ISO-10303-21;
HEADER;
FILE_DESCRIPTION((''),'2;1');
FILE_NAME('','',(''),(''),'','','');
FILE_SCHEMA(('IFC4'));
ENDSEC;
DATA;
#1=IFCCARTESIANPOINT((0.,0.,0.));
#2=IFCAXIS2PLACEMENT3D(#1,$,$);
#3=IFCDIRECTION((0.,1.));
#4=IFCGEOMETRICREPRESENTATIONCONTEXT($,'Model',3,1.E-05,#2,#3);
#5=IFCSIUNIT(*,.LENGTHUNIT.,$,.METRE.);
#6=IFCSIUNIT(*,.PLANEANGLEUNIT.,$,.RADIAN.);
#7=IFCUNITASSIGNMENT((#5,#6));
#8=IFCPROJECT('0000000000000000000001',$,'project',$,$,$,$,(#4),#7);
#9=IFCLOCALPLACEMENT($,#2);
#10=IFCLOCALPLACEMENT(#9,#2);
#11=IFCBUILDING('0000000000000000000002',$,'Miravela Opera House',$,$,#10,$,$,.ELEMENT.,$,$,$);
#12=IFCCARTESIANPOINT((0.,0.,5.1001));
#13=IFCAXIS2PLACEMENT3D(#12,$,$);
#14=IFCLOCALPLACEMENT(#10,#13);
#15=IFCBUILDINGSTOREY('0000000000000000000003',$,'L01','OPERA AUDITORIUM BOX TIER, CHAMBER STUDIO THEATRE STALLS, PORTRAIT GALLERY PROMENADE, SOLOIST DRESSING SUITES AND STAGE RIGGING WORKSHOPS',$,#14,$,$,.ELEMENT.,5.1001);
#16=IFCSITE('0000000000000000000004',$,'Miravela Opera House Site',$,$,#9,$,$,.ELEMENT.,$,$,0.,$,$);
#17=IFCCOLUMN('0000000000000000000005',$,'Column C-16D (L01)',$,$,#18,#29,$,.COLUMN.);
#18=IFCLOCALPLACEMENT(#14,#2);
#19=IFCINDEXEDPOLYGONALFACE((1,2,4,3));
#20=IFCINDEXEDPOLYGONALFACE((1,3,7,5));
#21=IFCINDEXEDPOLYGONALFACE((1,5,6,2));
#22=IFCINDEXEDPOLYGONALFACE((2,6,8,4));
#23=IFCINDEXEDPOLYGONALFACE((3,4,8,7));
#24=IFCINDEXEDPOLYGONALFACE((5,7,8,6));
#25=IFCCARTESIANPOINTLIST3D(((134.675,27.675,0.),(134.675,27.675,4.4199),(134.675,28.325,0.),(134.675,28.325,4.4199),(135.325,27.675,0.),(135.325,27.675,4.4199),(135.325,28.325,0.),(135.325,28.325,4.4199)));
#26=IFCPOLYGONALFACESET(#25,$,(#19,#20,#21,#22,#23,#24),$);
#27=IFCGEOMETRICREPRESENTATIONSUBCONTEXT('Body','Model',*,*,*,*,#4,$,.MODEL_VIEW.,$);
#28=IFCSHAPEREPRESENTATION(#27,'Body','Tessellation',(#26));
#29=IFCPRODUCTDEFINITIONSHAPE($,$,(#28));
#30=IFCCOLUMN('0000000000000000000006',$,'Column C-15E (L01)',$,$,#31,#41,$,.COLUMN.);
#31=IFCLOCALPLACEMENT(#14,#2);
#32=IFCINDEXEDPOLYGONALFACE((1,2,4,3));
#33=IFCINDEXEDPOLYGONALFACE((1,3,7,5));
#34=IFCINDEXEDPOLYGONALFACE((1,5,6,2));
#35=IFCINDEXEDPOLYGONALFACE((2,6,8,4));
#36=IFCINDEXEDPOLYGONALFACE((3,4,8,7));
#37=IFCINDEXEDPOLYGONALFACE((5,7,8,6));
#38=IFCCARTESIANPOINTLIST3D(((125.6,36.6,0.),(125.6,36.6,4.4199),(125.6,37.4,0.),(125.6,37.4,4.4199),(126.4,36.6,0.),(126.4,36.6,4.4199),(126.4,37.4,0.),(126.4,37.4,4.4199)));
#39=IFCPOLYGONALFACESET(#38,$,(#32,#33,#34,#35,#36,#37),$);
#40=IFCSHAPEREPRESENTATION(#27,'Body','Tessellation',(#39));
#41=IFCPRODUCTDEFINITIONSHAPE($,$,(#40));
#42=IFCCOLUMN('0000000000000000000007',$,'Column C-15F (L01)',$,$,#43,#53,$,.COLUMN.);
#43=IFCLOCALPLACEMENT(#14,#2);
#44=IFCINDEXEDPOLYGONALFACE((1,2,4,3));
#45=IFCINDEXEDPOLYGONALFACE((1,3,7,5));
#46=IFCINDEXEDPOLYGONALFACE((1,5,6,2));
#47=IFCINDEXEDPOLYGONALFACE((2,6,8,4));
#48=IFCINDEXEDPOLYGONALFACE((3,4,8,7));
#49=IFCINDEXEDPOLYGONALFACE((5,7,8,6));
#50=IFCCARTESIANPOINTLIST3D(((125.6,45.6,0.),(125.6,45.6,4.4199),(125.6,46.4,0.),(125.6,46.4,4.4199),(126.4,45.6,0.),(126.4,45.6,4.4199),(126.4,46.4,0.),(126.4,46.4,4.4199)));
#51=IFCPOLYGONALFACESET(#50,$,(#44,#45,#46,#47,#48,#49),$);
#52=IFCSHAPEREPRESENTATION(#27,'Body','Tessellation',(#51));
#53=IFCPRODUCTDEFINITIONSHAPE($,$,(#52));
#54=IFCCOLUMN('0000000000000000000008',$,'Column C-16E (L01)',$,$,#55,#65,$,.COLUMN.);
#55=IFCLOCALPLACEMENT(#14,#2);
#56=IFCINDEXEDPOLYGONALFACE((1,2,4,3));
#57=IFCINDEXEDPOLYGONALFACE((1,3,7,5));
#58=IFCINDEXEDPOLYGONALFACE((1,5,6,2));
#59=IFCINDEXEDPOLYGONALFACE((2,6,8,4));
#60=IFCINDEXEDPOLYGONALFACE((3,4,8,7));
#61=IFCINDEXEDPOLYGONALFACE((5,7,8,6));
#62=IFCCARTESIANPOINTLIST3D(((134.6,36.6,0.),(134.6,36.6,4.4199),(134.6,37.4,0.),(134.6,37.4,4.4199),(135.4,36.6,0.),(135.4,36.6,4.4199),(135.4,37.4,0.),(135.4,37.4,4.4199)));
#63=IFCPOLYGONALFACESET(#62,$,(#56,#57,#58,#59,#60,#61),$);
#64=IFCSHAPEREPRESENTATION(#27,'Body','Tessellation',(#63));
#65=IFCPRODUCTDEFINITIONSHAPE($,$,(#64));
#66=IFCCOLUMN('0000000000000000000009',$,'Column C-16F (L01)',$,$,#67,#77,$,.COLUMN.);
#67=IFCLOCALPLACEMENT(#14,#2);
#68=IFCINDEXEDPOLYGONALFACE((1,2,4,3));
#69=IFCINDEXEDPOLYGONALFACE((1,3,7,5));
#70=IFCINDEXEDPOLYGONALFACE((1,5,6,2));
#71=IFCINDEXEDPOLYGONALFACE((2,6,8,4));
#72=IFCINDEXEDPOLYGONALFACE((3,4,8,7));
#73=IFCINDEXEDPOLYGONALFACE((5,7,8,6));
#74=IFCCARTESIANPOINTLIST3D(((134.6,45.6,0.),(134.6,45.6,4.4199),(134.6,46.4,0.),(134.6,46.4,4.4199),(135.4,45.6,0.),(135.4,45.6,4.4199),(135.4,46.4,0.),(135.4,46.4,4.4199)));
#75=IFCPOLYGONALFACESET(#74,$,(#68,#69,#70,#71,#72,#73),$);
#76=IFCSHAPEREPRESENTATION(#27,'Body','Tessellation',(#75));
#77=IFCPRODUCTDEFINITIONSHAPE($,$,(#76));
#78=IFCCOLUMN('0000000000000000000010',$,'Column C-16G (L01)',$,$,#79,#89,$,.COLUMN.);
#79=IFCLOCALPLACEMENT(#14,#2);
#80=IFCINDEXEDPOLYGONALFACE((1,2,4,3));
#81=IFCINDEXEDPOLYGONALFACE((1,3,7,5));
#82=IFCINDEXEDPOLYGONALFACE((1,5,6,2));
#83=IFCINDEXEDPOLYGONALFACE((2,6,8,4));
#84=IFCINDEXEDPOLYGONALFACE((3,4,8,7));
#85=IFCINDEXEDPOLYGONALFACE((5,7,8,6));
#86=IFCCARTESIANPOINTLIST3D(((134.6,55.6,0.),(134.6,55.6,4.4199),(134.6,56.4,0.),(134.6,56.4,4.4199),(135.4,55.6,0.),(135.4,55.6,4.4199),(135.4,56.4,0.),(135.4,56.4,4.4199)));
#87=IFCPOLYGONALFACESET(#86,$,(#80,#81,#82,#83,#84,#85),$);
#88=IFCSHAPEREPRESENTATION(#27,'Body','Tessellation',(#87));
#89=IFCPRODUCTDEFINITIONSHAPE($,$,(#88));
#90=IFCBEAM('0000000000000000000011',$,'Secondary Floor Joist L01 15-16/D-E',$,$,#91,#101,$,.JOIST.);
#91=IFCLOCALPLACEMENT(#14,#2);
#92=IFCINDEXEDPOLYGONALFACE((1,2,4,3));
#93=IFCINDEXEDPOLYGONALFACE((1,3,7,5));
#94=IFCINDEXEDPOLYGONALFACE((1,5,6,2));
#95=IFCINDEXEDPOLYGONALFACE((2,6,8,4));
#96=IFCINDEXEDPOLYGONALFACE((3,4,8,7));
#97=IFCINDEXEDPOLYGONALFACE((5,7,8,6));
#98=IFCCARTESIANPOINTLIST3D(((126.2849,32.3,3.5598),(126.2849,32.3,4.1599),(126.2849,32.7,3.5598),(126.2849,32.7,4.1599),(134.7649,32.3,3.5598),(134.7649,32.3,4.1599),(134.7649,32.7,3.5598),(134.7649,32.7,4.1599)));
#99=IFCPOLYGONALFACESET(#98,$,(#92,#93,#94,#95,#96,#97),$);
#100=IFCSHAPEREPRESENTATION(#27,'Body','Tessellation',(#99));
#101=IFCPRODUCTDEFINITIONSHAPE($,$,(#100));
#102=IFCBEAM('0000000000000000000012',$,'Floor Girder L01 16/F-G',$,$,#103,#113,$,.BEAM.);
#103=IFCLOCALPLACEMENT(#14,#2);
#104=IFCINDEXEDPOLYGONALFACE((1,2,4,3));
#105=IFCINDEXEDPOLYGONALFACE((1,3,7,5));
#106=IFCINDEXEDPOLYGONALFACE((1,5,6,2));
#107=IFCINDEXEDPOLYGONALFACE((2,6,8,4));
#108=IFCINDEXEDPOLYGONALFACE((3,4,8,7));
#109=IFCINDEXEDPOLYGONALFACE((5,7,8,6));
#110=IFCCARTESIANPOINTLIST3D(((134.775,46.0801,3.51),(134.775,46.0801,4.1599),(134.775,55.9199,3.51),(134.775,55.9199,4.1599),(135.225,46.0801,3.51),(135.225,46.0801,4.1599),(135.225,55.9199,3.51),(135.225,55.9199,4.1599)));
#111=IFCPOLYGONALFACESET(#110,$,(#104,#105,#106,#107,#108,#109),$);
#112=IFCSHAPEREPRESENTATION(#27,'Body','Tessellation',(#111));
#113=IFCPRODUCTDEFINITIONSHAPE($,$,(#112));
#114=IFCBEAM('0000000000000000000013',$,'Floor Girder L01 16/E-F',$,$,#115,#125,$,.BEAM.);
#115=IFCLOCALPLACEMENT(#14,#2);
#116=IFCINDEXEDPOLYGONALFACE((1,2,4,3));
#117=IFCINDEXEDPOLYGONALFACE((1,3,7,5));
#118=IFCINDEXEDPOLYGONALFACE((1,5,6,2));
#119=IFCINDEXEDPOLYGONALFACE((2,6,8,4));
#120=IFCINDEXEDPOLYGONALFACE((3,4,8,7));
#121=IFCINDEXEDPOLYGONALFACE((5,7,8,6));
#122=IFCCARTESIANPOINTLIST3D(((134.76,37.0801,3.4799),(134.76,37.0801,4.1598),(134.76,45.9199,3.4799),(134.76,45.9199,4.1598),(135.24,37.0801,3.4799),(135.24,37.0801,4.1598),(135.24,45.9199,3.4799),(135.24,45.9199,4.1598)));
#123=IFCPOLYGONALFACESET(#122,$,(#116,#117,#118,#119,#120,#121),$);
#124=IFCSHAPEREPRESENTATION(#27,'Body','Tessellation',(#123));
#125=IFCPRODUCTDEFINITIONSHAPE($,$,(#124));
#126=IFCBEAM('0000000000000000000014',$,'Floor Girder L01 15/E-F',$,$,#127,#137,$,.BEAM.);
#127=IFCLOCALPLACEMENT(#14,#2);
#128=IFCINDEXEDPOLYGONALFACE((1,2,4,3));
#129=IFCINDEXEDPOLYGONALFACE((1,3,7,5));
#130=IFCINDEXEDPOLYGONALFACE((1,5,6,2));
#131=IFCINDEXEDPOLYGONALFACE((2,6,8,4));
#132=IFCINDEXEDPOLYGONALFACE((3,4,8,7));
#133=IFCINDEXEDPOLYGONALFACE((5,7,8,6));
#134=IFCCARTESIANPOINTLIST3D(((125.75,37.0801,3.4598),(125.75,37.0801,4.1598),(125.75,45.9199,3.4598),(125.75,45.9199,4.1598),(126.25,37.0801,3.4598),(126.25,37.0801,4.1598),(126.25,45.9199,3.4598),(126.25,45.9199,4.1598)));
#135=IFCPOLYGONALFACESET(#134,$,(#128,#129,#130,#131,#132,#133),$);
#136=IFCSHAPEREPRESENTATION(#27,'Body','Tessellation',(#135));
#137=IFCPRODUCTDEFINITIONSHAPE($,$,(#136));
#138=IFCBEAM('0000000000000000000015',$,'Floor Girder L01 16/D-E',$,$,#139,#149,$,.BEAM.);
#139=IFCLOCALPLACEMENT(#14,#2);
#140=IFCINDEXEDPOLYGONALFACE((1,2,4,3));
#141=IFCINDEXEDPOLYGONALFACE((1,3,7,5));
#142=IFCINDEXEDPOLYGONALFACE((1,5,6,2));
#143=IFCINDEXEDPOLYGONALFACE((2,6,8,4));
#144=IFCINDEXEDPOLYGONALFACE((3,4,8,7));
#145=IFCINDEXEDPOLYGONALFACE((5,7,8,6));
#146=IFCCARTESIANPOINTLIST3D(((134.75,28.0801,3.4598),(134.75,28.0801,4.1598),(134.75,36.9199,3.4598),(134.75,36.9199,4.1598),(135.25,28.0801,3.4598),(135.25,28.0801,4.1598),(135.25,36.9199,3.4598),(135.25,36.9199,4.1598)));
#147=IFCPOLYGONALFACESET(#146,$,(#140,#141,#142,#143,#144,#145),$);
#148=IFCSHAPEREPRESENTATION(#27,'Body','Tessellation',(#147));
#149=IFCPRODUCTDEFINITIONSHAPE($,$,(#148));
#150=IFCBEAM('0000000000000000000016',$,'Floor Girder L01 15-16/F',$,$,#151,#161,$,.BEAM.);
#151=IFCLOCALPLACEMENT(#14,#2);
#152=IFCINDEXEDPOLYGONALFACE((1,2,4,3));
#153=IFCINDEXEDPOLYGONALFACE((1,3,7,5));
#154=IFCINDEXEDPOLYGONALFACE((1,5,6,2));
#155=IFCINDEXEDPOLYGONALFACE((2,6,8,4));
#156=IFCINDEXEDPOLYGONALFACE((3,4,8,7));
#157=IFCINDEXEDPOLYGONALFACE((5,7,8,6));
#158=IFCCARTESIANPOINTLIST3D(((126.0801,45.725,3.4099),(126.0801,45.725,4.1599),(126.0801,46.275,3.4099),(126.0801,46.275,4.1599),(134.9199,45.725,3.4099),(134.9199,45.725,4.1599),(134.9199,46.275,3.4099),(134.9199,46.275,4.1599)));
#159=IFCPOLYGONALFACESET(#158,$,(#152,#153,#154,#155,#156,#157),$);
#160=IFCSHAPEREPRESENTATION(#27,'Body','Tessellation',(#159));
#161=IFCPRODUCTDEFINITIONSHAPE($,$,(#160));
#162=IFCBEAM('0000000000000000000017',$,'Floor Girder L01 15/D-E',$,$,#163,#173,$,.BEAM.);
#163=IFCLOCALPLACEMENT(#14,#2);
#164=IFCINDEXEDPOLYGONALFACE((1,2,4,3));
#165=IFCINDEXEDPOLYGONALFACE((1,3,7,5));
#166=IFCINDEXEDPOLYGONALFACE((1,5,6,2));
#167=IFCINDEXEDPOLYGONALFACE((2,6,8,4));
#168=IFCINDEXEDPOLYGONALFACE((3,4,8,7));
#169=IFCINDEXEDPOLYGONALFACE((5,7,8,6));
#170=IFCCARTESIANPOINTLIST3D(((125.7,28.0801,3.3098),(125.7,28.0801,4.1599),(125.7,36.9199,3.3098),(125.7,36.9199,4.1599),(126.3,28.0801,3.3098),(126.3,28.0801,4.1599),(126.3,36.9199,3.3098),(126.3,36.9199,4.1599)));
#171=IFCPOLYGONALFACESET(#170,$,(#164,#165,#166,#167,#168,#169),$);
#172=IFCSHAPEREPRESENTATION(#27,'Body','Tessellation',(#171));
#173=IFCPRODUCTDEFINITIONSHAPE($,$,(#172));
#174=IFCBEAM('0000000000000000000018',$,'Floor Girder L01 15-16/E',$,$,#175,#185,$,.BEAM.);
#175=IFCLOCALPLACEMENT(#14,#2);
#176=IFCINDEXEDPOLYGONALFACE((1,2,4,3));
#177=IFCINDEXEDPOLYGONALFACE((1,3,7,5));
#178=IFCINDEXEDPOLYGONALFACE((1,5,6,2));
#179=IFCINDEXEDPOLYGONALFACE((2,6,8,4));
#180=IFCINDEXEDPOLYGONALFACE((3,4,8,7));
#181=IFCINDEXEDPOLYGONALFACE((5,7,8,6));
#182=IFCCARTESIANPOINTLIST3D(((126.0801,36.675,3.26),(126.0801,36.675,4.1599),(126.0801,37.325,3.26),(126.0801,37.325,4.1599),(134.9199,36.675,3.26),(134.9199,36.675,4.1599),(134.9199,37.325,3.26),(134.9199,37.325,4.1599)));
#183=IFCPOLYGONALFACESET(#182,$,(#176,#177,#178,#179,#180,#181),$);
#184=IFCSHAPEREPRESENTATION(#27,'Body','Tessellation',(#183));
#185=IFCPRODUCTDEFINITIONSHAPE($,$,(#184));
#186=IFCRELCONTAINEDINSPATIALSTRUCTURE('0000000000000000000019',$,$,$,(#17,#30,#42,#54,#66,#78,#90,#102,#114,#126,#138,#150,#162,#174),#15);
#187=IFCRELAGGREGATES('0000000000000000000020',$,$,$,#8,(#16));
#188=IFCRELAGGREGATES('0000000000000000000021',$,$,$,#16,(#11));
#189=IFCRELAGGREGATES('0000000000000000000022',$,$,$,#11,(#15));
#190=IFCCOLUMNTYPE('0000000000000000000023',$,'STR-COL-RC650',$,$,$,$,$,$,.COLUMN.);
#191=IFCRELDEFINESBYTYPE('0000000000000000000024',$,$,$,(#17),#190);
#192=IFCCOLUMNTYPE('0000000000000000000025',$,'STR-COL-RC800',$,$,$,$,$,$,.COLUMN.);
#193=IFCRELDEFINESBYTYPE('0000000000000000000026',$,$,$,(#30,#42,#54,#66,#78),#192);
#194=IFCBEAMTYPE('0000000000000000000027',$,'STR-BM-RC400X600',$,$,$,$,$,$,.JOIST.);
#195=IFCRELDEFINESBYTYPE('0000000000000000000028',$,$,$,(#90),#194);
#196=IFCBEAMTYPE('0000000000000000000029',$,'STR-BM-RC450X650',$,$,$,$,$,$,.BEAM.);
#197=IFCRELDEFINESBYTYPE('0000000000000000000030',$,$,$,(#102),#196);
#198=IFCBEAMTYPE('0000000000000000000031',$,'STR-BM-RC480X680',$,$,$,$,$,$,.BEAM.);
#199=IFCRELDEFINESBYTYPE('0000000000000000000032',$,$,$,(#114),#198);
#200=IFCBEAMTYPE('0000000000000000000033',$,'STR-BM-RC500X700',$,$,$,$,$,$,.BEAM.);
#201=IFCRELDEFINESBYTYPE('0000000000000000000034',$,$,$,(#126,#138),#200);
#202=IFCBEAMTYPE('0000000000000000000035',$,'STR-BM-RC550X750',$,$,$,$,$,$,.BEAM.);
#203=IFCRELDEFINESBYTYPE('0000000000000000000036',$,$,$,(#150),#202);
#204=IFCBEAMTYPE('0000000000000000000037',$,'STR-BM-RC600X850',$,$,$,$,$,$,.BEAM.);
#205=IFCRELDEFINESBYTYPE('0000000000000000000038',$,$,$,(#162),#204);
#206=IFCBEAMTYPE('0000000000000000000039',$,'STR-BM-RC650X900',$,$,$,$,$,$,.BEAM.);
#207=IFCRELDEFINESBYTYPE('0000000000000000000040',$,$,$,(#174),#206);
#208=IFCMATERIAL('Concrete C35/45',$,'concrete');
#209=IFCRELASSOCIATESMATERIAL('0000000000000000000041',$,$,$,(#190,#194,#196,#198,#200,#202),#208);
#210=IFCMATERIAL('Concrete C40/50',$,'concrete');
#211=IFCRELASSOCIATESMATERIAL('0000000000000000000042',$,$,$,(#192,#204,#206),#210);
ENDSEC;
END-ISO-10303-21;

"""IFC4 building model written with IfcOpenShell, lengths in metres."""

from ifc_helpers import new_model, si_unit, direction, frame, origin, origin_2d, place, context, subcontext, project, spatial, rectangle, extrude, material, material_profile, profile_set, type_object, element, save


model = new_model("IFC4")

# Units and contexts
model_context = context("Model", 3, precision=1e-05, world=origin(), true_north=direction((0.0, 1.0)))
body_context = subcontext(model_context, "Body", "Model", "MODEL_VIEW")
ifc_project = project(units=[si_unit("LENGTHUNIT", "METRE"), si_unit("PLANEANGLEUNIT", "RADIAN")], contexts=[model_context])

# Site, building, storey
site_placement = place(None, origin())
site = spatial("IfcSite", under=ifc_project, at=site_placement, Name="Miravela Opera House Site", CompositionType="ELEMENT", RefElevation=0.0)
building_placement = place(site_placement, origin())
building = spatial("IfcBuilding", under=site, at=building_placement, Name="Miravela Opera House", CompositionType="ELEMENT")
storey_placement = place(building_placement, frame((0.0, 0.0, 5.1001)))
storey = spatial("IfcBuildingStorey", under=building, at=storey_placement, Name="L01", Description="OPERA AUDITORIUM BOX TIER, CHAMBER STUDIO THEATRE STALLS, PORTRAIT GALLERY PROMENADE, SOLOIST DRESSING SUITES AND STAGE RIGGING WORKSHOPS", CompositionType="ELEMENT", Elevation=5.1001)

# Columns
ifc_material_1 = material(Name="Concrete C35/45", Category="concrete")
ifc_material_profile_1 = material_profile(ifc_material_1, rectangle(XDim=0.6499, YDim=0.6499, at=origin_2d()), Name="RC-COL-650X650")
ifc_profile_set_1 = profile_set([ifc_material_profile_1])
column_type_1 = type_object("IfcColumnType", Name="STR-COL-RC650", PredefinedType="COLUMN", material=ifc_profile_set_1)
column_placement = place(storey_placement, frame((135.0, 28.0, 0.0), z_axis=(0.0, 0.0, 1.0), x_axis=(1.0, 0.0, 0.0)))
element("IfcColumn", 1, at=column_placement, inside=storey, type_object=column_type_1, Name="Column C-16D (L01)", PredefinedType="COLUMN", context=body_context, shape_type="SweptSolid", body=[
    extrude(rectangle(XDim=0.6499, YDim=0.6499, at=origin_2d()), origin(), (0.0, 0.0, 1.0), 4.4199),
])
ifc_material_2 = material(Name="Concrete C40/50", Category="concrete")
ifc_material_profile_2 = material_profile(ifc_material_2, rectangle(XDim=0.8, YDim=0.8, at=origin_2d()), Name="RC-COL-800X800")
ifc_profile_set_2 = profile_set([ifc_material_profile_2])
column_type_2 = type_object("IfcColumnType", Name="STR-COL-RC800", PredefinedType="COLUMN", material=ifc_profile_set_2)
for number, where, z_axis, x_axis, name in (
    (2, (126.0, 37.0, 0.0), (0.0, 0.0, 1.0), (1.0, 0.0, 0.0), "Column C-15E (L01)"),
    (3, (126.0, 46.0, 0.0), (0.0, 0.0, 1.0), (1.0, 0.0, 0.0), "Column C-15F (L01)"),
    (4, (135.0, 37.0, 0.0), (0.0, 0.0, 1.0), (1.0, 0.0, 0.0), "Column C-16E (L01)"),
    (5, (135.0, 46.0, 0.0), (0.0, 0.0, 1.0), (1.0, 0.0, 0.0), "Column C-16F (L01)"),
    (6, (135.0, 56.0, 0.0), (0.0, 0.0, 1.0), (1.0, 0.0, 0.0), "Column C-16G (L01)"),
):
    element("IfcColumn", number, at=place(storey_placement, frame(where, z_axis=z_axis, x_axis=x_axis)), inside=storey, type_object=column_type_2, Name=name, PredefinedType="COLUMN", context=body_context, shape_type="SweptSolid", body=[
        extrude(rectangle(XDim=0.8, YDim=0.8, at=origin_2d()), origin(), (0.0, 0.0, 1.0), 4.4199),
    ])

# Beams
ifc_material_profile_3 = material_profile(ifc_material_1, rectangle(XDim=0.3999, YDim=0.6001, at=origin_2d()), Name="RC-BM-400X600")
ifc_profile_set_3 = profile_set([ifc_material_profile_3])
beam_type_1 = type_object("IfcBeamType", Name="STR-BM-RC400X600", PredefinedType="JOIST", material=ifc_profile_set_3)
beam_1_placement = place(storey_placement, frame((126.2849, 32.5, 3.8599), z_axis=(1.0, 0.0, 0.0), x_axis=(0.0, 1.0, 0.0)))
element("IfcBeam", 7, at=beam_1_placement, inside=storey, type_object=beam_type_1, Name="Secondary Floor Joist L01 15-16/D-E", PredefinedType="JOIST", context=body_context, shape_type="SweptSolid", body=[
    extrude(rectangle(XDim=0.3999, YDim=0.6001, at=origin_2d()), origin(), (0.0, 0.0, 1.0), 8.48),
])
ifc_material_profile_4 = material_profile(ifc_material_1, rectangle(XDim=0.45, YDim=0.6499, at=origin_2d()), Name="RC-BM-450X650")
ifc_profile_set_4 = profile_set([ifc_material_profile_4])
beam_type_2 = type_object("IfcBeamType", Name="STR-BM-RC450X650", PredefinedType="BEAM", material=ifc_profile_set_4)
beam_2_placement = place(storey_placement, frame((135.0, 46.0801, 3.835), z_axis=(0.0, 1.0, 0.0), x_axis=(-1.0, 0.0, 0.0)))
element("IfcBeam", 8, at=beam_2_placement, inside=storey, type_object=beam_type_2, Name="Floor Girder L01 16/F-G", PredefinedType="BEAM", context=body_context, shape_type="SweptSolid", body=[
    extrude(rectangle(XDim=0.45, YDim=0.6499, at=origin_2d()), origin(), (0.0, 0.0, 1.0), 9.8398),
])
ifc_material_profile_5 = material_profile(ifc_material_1, rectangle(XDim=0.48, YDim=0.6799, at=origin_2d()), Name="RC-BM-480X680")
ifc_profile_set_5 = profile_set([ifc_material_profile_5])
beam_type_3 = type_object("IfcBeamType", Name="STR-BM-RC480X680", PredefinedType="BEAM", material=ifc_profile_set_5)
beam_3_placement = place(storey_placement, frame((135.0, 37.0801, 3.8198), z_axis=(0.0, 1.0, 0.0), x_axis=(-1.0, 0.0, 0.0)))
element("IfcBeam", 9, at=beam_3_placement, inside=storey, type_object=beam_type_3, Name="Floor Girder L01 16/E-F", PredefinedType="BEAM", context=body_context, shape_type="SweptSolid", body=[
    extrude(rectangle(XDim=0.48, YDim=0.6799, at=origin_2d()), origin(), (0.0, 0.0, 1.0), 8.8398),
])
ifc_material_profile_6 = material_profile(ifc_material_1, rectangle(XDim=0.5, YDim=0.7, at=origin_2d()), Name="RC-BM-500X700")
ifc_profile_set_6 = profile_set([ifc_material_profile_6])
beam_type_4 = type_object("IfcBeamType", Name="STR-BM-RC500X700", PredefinedType="BEAM", material=ifc_profile_set_6)
for number, where, z_axis, x_axis, name in (
    (10, (126.0, 37.0801, 3.8098), (0.0, 1.0, 0.0), (-1.0, 0.0, 0.0), "Floor Girder L01 15/E-F"),
    (11, (135.0, 28.0801, 3.8098), (0.0, 1.0, 0.0), (-1.0, 0.0, 0.0), "Floor Girder L01 16/D-E"),
):
    element("IfcBeam", number, at=place(storey_placement, frame(where, z_axis=z_axis, x_axis=x_axis)), inside=storey, type_object=beam_type_4, Name=name, PredefinedType="BEAM", context=body_context, shape_type="SweptSolid", body=[
        extrude(rectangle(XDim=0.5, YDim=0.7, at=origin_2d()), origin(), (0.0, 0.0, 1.0), 8.8398),
    ])
ifc_material_profile_7 = material_profile(ifc_material_1, rectangle(XDim=0.55, YDim=0.75, at=origin_2d()), Name="RC-BM-550X750")
ifc_profile_set_7 = profile_set([ifc_material_profile_7])
beam_type_5 = type_object("IfcBeamType", Name="STR-BM-RC550X750", PredefinedType="BEAM", material=ifc_profile_set_7)
beam_4_placement = place(storey_placement, frame((126.0801, 46.0, 3.7849), z_axis=(1.0, 0.0, 0.0), x_axis=(0.0, 1.0, 0.0)))
element("IfcBeam", 12, at=beam_4_placement, inside=storey, type_object=beam_type_5, Name="Floor Girder L01 15-16/F", PredefinedType="BEAM", context=body_context, shape_type="SweptSolid", body=[
    extrude(rectangle(XDim=0.55, YDim=0.75, at=origin_2d()), origin(), (0.0, 0.0, 1.0), 8.8398),
])
ifc_material_profile_8 = material_profile(ifc_material_2, rectangle(XDim=0.6001, YDim=0.8501, at=origin_2d()), Name="RC-BM-600X850")
ifc_profile_set_8 = profile_set([ifc_material_profile_8])
beam_type_6 = type_object("IfcBeamType", Name="STR-BM-RC600X850", PredefinedType="BEAM", material=ifc_profile_set_8)
beam_5_placement = place(storey_placement, frame((126.0, 28.0801, 3.7349), z_axis=(0.0, 1.0, 0.0), x_axis=(-1.0, 0.0, 0.0)))
element("IfcBeam", 13, at=beam_5_placement, inside=storey, type_object=beam_type_6, Name="Floor Girder L01 15/D-E", PredefinedType="BEAM", context=body_context, shape_type="SweptSolid", body=[
    extrude(rectangle(XDim=0.6001, YDim=0.8501, at=origin_2d()), origin(), (0.0, 0.0, 1.0), 8.8398),
])
ifc_material_profile_9 = material_profile(ifc_material_2, rectangle(XDim=0.6499, YDim=0.8999, at=origin_2d()), Name="RC-BM-650X900")
ifc_profile_set_9 = profile_set([ifc_material_profile_9])
beam_type_7 = type_object("IfcBeamType", Name="STR-BM-RC650X900", PredefinedType="BEAM", material=ifc_profile_set_9)
beam_6_placement = place(storey_placement, frame((126.0801, 37.0, 3.71), z_axis=(1.0, 0.0, 0.0), x_axis=(0.0, 1.0, 0.0)))
element("IfcBeam", 14, at=beam_6_placement, inside=storey, type_object=beam_type_7, Name="Floor Girder L01 15-16/E", PredefinedType="BEAM", context=body_context, shape_type="SweptSolid", body=[
    extrude(rectangle(XDim=0.6499, YDim=0.8999, at=origin_2d()), origin(), (0.0, 0.0, 1.0), 8.8398),
])

save(model, "model.ifc")
